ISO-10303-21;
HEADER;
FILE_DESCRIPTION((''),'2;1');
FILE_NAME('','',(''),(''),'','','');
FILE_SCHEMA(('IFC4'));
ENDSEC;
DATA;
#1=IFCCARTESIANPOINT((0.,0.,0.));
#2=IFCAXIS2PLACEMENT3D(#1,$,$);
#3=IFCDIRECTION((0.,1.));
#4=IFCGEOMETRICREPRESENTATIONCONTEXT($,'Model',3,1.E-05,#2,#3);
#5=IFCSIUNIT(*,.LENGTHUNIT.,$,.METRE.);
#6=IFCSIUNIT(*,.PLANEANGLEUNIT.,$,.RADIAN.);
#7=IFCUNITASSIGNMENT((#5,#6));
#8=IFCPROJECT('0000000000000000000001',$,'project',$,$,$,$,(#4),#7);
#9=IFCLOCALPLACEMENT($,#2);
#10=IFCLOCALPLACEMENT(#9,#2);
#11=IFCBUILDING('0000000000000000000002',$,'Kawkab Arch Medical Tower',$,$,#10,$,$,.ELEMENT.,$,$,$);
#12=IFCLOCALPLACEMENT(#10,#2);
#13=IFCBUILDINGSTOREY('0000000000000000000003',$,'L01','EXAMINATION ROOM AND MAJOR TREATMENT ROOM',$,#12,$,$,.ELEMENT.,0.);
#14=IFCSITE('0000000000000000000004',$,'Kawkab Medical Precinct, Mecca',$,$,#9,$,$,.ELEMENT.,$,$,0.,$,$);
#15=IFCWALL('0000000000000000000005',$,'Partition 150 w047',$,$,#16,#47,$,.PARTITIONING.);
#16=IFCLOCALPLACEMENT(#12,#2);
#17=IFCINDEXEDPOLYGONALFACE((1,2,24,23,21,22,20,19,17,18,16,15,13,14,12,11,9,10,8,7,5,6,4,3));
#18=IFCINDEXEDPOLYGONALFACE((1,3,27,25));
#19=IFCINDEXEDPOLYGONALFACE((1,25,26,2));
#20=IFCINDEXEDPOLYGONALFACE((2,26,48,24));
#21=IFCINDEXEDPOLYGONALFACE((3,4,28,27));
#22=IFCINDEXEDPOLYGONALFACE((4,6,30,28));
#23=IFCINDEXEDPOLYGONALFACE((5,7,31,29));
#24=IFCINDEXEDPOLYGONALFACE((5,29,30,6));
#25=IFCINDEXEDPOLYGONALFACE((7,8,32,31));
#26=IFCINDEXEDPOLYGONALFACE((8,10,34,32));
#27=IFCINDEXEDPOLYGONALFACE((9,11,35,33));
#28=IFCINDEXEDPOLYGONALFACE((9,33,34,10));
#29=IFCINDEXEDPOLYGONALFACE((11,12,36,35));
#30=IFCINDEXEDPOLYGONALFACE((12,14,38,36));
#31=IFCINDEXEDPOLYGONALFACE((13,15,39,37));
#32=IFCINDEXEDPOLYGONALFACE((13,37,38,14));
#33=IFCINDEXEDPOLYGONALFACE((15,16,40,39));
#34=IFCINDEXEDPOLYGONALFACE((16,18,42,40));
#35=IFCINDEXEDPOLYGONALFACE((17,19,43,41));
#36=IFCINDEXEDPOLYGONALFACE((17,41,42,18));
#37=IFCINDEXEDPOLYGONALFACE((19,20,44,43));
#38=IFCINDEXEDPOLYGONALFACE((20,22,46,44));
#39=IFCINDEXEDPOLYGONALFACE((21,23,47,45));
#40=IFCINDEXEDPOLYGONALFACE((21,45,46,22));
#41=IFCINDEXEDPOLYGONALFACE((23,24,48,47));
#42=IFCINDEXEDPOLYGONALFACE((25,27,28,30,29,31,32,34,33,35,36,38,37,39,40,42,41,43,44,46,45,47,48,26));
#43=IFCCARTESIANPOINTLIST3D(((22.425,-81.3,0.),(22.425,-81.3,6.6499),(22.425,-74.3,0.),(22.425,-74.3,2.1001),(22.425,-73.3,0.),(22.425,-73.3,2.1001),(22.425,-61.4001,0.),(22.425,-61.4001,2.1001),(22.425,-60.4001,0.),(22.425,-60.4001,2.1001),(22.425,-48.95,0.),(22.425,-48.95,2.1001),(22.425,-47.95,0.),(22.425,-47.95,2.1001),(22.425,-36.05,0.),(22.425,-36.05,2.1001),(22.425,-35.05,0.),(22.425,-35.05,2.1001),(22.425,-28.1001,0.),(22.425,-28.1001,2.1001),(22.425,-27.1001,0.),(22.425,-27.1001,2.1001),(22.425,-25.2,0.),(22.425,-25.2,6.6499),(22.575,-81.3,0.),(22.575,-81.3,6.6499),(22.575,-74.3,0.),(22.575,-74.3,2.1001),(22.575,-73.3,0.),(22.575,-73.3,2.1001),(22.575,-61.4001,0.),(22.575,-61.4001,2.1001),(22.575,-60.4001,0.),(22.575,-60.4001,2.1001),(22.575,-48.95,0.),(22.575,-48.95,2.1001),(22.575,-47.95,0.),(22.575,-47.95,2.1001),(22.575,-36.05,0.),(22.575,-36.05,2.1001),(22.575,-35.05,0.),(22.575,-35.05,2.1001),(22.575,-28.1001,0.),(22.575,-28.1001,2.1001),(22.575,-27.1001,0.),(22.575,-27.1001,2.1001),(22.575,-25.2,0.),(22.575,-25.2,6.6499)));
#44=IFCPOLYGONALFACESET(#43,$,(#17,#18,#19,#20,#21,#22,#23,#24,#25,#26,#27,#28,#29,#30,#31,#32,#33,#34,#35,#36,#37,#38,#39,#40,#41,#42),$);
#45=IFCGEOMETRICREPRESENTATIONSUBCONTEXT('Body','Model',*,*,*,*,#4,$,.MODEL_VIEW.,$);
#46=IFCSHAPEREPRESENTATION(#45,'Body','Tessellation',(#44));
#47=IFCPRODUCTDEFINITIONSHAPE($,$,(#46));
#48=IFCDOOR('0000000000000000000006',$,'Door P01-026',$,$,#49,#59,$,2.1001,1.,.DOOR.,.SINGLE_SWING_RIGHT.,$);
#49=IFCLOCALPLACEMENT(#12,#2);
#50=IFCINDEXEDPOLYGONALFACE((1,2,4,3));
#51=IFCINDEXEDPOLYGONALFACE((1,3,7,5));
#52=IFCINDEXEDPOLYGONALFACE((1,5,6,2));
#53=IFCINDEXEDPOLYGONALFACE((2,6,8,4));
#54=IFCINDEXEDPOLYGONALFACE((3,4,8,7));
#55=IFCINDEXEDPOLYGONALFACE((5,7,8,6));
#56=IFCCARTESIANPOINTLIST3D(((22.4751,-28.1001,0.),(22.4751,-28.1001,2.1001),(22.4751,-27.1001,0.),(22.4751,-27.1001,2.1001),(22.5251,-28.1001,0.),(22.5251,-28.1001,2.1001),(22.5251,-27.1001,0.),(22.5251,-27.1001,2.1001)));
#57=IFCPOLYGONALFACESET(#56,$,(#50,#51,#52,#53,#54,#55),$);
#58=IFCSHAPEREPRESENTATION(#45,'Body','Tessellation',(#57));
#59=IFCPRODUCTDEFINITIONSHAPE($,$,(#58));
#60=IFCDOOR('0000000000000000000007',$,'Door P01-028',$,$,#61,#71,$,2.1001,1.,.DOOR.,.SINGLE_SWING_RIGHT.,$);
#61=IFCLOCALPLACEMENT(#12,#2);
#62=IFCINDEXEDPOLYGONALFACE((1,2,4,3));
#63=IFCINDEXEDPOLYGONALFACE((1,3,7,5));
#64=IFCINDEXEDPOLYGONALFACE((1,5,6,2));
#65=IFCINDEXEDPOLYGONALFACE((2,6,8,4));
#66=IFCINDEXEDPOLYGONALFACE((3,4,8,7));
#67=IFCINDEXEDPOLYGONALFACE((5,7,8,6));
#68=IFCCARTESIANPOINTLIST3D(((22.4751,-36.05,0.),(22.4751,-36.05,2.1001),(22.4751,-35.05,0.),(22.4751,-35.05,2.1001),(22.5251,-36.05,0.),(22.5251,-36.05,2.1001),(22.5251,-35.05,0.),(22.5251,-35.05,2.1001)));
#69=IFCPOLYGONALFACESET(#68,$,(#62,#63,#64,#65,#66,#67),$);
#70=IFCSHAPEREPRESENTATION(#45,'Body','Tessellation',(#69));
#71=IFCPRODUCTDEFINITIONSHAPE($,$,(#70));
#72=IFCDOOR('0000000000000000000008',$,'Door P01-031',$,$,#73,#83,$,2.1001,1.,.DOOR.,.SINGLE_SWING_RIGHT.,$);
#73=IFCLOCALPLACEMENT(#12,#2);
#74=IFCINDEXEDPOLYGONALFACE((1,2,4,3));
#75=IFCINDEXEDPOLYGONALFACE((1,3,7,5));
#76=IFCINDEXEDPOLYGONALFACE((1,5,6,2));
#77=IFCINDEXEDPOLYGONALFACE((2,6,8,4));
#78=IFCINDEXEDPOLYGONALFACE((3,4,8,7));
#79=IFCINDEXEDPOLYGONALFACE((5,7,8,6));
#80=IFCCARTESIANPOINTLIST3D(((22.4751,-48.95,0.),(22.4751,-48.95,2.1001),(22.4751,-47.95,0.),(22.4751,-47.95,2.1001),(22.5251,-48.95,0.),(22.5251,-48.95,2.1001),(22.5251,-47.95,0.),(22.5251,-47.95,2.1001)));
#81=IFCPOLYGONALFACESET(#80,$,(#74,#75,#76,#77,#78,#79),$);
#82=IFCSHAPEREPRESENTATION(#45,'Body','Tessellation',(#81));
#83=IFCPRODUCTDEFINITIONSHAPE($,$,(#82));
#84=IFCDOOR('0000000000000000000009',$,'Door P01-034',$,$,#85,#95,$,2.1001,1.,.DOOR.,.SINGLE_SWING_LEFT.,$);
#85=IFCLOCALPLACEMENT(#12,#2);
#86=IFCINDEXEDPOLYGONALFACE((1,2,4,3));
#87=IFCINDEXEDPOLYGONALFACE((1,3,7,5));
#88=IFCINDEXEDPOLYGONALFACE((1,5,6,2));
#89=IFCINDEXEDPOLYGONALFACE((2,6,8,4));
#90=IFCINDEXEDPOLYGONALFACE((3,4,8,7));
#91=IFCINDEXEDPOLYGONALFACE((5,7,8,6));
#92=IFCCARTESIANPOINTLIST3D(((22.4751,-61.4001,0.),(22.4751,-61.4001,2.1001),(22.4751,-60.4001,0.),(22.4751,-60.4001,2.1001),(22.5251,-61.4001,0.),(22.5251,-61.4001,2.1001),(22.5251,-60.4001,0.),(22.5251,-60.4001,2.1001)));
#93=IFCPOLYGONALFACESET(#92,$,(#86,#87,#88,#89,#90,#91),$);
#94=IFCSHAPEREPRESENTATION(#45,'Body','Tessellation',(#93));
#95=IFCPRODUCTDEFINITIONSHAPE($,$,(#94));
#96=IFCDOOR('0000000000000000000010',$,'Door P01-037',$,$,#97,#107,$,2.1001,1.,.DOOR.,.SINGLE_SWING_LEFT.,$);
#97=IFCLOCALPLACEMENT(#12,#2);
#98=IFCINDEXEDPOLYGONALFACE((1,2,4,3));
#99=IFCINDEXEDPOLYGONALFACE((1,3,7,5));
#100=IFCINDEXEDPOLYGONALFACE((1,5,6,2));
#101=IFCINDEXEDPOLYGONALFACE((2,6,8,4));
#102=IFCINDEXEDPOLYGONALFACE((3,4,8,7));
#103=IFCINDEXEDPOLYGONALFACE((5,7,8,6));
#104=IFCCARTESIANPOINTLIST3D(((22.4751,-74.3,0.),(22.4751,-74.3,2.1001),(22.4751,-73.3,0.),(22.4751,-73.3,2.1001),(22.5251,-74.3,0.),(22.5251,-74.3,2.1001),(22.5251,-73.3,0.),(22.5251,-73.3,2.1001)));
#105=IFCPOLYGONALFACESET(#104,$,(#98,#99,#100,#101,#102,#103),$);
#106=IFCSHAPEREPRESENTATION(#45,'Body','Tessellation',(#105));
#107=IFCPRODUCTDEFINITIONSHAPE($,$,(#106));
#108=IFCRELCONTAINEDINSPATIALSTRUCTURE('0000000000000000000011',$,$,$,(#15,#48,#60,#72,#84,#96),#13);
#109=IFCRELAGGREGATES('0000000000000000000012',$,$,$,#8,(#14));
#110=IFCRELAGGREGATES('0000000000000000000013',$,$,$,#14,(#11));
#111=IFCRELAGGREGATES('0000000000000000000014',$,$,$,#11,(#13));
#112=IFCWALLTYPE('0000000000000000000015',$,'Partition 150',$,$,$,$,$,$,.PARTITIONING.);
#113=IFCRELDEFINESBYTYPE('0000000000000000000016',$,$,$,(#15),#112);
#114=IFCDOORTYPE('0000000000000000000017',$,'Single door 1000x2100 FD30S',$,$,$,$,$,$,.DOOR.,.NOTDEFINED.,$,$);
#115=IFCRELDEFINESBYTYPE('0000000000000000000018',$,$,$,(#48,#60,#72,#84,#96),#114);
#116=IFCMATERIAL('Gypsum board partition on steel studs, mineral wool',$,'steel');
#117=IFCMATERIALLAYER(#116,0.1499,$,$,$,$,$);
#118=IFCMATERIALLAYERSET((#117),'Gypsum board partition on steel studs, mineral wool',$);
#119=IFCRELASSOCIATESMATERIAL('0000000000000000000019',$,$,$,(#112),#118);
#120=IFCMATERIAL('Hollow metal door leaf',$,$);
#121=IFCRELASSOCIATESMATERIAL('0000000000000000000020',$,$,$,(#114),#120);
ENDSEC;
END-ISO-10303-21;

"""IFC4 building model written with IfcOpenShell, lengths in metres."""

from ifc_helpers import new_model, si_unit, direction, frame, frame_2d, origin, place, context, subcontext, project, spatial, rectangle, extrude, material, layer, layer_set, type_object, element, fill, save


model = new_model("IFC4")

# Units and contexts
model_context = context("Model", 3, precision=1e-05, world=origin(), true_north=direction((0.0, 1.0)))
body_context = subcontext(model_context, "Body", "Model", "MODEL_VIEW")
ifc_project = project(units=[si_unit("LENGTHUNIT", "METRE"), si_unit("PLANEANGLEUNIT", "RADIAN")], contexts=[model_context])

# Site, building, storey
site_placement = place(None, origin())
site = spatial("IfcSite", under=ifc_project, at=site_placement, Name="Kawkab Medical Precinct, Mecca", CompositionType="ELEMENT", RefElevation=0.0)
building_placement = place(site_placement, origin())
building = spatial("IfcBuilding", under=site, at=building_placement, Name="Kawkab Arch Medical Tower", CompositionType="ELEMENT")
storey_placement = place(building_placement, origin())
storey = spatial("IfcBuildingStorey", under=building, at=storey_placement, Name="L01", Description="EXAMINATION ROOM AND MAJOR TREATMENT ROOM", CompositionType="ELEMENT", Elevation=0.0)

# Wall, openings, doors
ifc_material_1 = material(Name="Gypsum board partition on steel studs, mineral wool", Category="steel")
ifc_layer_1 = layer(ifc_material_1, 0.1499)
ifc_layer_set_1 = layer_set([ifc_layer_1], Name="Gypsum board partition on steel studs, mineral wool")
wall_type_1 = type_object("IfcWallType", Name="Partition 150", PredefinedType="PARTITIONING", material=ifc_layer_set_1)
wall_1_placement = place(storey_placement, frame((22.5, -81.3, 0.0), z_axis=(0.0, 0.0, 1.0), x_axis=(0.0, 1.0, 0.0)))
wall_1 = element("IfcWall", 1, at=wall_1_placement, inside=storey, type_object=wall_type_1, Name="Partition 150 w047", PredefinedType="PARTITIONING", context=body_context, shape_type="SweptSolid", body=[
    extrude(rectangle(XDim=56.1001, YDim=0.1499, at=frame_2d((28.05, 0.0))), origin(), (0.0, 0.0, 1.0), 6.6499),
])
opening_1_placement = place(wall_1_placement, frame((53.2, 0.0, 0.0)))
opening_1 = element("IfcOpeningElement", 2, at=opening_1_placement, cuts=wall_1, PredefinedType="OPENING", context=body_context, shape_type="SweptSolid", body=[
    extrude(rectangle(XDim=1.0, YDim=2.1001, at=frame_2d((0.5, 1.05))), frame((0.0, 0.085, 0.0), z_axis=(0.0, -1.0, 0.0), x_axis=(1.0, 0.0, 0.0)), (0.0, 0.0, 1.0), 0.1699),
])
opening_2_placement = place(wall_1_placement, frame((45.25, 0.0, 0.0)))
opening_2 = element("IfcOpeningElement", 3, at=opening_2_placement, cuts=wall_1, PredefinedType="OPENING", context=body_context, shape_type="SweptSolid", body=[
    extrude(rectangle(XDim=1.0, YDim=2.1001, at=frame_2d((0.5, 1.05))), frame((0.0, 0.085, 0.0), z_axis=(0.0, -1.0, 0.0), x_axis=(1.0, 0.0, 0.0)), (0.0, 0.0, 1.0), 0.1699),
])
opening_3_placement = place(wall_1_placement, frame((32.3501, 0.0, 0.0)))
opening_3 = element("IfcOpeningElement", 4, at=opening_3_placement, cuts=wall_1, PredefinedType="OPENING", context=body_context, shape_type="SweptSolid", body=[
    extrude(rectangle(XDim=1.0, YDim=2.1001, at=frame_2d((0.5, 1.05))), frame((0.0, 0.085, 0.0), z_axis=(0.0, -1.0, 0.0), x_axis=(1.0, 0.0, 0.0)), (0.0, 0.0, 1.0), 0.1699),
])
opening_4_placement = place(wall_1_placement, frame((19.8999, 0.0, 0.0)))
opening_4 = element("IfcOpeningElement", 5, at=opening_4_placement, cuts=wall_1, PredefinedType="OPENING", context=body_context, shape_type="SweptSolid", body=[
    extrude(rectangle(XDim=1.0, YDim=2.1001, at=frame_2d((0.5, 1.05))), frame((0.0, 0.085, 0.0), z_axis=(0.0, -1.0, 0.0), x_axis=(1.0, 0.0, 0.0)), (0.0, 0.0, 1.0), 0.1699),
])
opening_5_placement = place(wall_1_placement, frame((7.0, 0.0, 0.0)))
opening_5 = element("IfcOpeningElement", 6, at=opening_5_placement, cuts=wall_1, PredefinedType="OPENING", context=body_context, shape_type="SweptSolid", body=[
    extrude(rectangle(XDim=1.0, YDim=2.1001, at=frame_2d((0.5, 1.05))), frame((0.0, 0.085, 0.0), z_axis=(0.0, -1.0, 0.0), x_axis=(1.0, 0.0, 0.0)), (0.0, 0.0, 1.0), 0.1699),
])
ifc_material_2 = material(Name="Hollow metal door leaf")
door_type_1 = type_object("IfcDoorType", Name="Single door 1000x2100 FD30S", OperationType="NOTDEFINED", PredefinedType="DOOR", material=ifc_material_2)
door_1_placement = place(opening_1_placement, origin())
door_1 = element("IfcDoor", 7, at=door_1_placement, inside=storey, type_object=door_type_1, Name="Door P01-026", OperationType="SINGLE_SWING_RIGHT", OverallHeight=2.1001, OverallWidth=1.0, PredefinedType="DOOR", context=body_context, shape_type="SweptSolid", body=[
    extrude(rectangle(XDim=1.0, YDim=2.1001, at=frame_2d((0.5, 1.05))), frame((0.0, 0.0249, 0.0), z_axis=(0.0, -1.0, 0.0), x_axis=(1.0, 0.0, 0.0)), (0.0, 0.0, 1.0), 0.05),
])
fill(opening_1, door_1)
door_2_placement = place(opening_2_placement, origin())
door_2 = element("IfcDoor", 8, at=door_2_placement, inside=storey, type_object=door_type_1, Name="Door P01-028", OperationType="SINGLE_SWING_RIGHT", OverallHeight=2.1001, OverallWidth=1.0, PredefinedType="DOOR", context=body_context, shape_type="SweptSolid", body=[
    extrude(rectangle(XDim=1.0, YDim=2.1001, at=frame_2d((0.5, 1.05))), frame((0.0, 0.0249, 0.0), z_axis=(0.0, -1.0, 0.0), x_axis=(1.0, 0.0, 0.0)), (0.0, 0.0, 1.0), 0.05),
])
fill(opening_2, door_2)
door_3_placement = place(opening_3_placement, origin())
door_3 = element("IfcDoor", 9, at=door_3_placement, inside=storey, type_object=door_type_1, Name="Door P01-031", OperationType="SINGLE_SWING_RIGHT", OverallHeight=2.1001, OverallWidth=1.0, PredefinedType="DOOR", context=body_context, shape_type="SweptSolid", body=[
    extrude(rectangle(XDim=1.0, YDim=2.1001, at=frame_2d((0.5, 1.05))), frame((0.0, 0.0249, 0.0), z_axis=(0.0, -1.0, 0.0), x_axis=(1.0, 0.0, 0.0)), (0.0, 0.0, 1.0), 0.05),
])
fill(opening_3, door_3)
door_4_placement = place(opening_4_placement, origin())
door_4 = element("IfcDoor", 10, at=door_4_placement, inside=storey, type_object=door_type_1, Name="Door P01-034", OperationType="SINGLE_SWING_LEFT", OverallHeight=2.1001, OverallWidth=1.0, PredefinedType="DOOR", context=body_context, shape_type="SweptSolid", body=[
    extrude(rectangle(XDim=1.0, YDim=2.1001, at=frame_2d((0.5, 1.05))), frame((0.0, 0.0249, 0.0), z_axis=(0.0, -1.0, 0.0), x_axis=(1.0, 0.0, 0.0)), (0.0, 0.0, 1.0), 0.05),
])
fill(opening_4, door_4)
door_5_placement = place(opening_5_placement, origin())
door_5 = element("IfcDoor", 11, at=door_5_placement, inside=storey, type_object=door_type_1, Name="Door P01-037", OperationType="SINGLE_SWING_LEFT", OverallHeight=2.1001, OverallWidth=1.0, PredefinedType="DOOR", context=body_context, shape_type="SweptSolid", body=[
    extrude(rectangle(XDim=1.0, YDim=2.1001, at=frame_2d((0.5, 1.05))), frame((0.0, 0.0249, 0.0), z_axis=(0.0, -1.0, 0.0), x_axis=(1.0, 0.0, 0.0)), (0.0, 0.0, 1.0), 0.05),
])
fill(opening_5, door_5)

save(model, "model.ifc")
